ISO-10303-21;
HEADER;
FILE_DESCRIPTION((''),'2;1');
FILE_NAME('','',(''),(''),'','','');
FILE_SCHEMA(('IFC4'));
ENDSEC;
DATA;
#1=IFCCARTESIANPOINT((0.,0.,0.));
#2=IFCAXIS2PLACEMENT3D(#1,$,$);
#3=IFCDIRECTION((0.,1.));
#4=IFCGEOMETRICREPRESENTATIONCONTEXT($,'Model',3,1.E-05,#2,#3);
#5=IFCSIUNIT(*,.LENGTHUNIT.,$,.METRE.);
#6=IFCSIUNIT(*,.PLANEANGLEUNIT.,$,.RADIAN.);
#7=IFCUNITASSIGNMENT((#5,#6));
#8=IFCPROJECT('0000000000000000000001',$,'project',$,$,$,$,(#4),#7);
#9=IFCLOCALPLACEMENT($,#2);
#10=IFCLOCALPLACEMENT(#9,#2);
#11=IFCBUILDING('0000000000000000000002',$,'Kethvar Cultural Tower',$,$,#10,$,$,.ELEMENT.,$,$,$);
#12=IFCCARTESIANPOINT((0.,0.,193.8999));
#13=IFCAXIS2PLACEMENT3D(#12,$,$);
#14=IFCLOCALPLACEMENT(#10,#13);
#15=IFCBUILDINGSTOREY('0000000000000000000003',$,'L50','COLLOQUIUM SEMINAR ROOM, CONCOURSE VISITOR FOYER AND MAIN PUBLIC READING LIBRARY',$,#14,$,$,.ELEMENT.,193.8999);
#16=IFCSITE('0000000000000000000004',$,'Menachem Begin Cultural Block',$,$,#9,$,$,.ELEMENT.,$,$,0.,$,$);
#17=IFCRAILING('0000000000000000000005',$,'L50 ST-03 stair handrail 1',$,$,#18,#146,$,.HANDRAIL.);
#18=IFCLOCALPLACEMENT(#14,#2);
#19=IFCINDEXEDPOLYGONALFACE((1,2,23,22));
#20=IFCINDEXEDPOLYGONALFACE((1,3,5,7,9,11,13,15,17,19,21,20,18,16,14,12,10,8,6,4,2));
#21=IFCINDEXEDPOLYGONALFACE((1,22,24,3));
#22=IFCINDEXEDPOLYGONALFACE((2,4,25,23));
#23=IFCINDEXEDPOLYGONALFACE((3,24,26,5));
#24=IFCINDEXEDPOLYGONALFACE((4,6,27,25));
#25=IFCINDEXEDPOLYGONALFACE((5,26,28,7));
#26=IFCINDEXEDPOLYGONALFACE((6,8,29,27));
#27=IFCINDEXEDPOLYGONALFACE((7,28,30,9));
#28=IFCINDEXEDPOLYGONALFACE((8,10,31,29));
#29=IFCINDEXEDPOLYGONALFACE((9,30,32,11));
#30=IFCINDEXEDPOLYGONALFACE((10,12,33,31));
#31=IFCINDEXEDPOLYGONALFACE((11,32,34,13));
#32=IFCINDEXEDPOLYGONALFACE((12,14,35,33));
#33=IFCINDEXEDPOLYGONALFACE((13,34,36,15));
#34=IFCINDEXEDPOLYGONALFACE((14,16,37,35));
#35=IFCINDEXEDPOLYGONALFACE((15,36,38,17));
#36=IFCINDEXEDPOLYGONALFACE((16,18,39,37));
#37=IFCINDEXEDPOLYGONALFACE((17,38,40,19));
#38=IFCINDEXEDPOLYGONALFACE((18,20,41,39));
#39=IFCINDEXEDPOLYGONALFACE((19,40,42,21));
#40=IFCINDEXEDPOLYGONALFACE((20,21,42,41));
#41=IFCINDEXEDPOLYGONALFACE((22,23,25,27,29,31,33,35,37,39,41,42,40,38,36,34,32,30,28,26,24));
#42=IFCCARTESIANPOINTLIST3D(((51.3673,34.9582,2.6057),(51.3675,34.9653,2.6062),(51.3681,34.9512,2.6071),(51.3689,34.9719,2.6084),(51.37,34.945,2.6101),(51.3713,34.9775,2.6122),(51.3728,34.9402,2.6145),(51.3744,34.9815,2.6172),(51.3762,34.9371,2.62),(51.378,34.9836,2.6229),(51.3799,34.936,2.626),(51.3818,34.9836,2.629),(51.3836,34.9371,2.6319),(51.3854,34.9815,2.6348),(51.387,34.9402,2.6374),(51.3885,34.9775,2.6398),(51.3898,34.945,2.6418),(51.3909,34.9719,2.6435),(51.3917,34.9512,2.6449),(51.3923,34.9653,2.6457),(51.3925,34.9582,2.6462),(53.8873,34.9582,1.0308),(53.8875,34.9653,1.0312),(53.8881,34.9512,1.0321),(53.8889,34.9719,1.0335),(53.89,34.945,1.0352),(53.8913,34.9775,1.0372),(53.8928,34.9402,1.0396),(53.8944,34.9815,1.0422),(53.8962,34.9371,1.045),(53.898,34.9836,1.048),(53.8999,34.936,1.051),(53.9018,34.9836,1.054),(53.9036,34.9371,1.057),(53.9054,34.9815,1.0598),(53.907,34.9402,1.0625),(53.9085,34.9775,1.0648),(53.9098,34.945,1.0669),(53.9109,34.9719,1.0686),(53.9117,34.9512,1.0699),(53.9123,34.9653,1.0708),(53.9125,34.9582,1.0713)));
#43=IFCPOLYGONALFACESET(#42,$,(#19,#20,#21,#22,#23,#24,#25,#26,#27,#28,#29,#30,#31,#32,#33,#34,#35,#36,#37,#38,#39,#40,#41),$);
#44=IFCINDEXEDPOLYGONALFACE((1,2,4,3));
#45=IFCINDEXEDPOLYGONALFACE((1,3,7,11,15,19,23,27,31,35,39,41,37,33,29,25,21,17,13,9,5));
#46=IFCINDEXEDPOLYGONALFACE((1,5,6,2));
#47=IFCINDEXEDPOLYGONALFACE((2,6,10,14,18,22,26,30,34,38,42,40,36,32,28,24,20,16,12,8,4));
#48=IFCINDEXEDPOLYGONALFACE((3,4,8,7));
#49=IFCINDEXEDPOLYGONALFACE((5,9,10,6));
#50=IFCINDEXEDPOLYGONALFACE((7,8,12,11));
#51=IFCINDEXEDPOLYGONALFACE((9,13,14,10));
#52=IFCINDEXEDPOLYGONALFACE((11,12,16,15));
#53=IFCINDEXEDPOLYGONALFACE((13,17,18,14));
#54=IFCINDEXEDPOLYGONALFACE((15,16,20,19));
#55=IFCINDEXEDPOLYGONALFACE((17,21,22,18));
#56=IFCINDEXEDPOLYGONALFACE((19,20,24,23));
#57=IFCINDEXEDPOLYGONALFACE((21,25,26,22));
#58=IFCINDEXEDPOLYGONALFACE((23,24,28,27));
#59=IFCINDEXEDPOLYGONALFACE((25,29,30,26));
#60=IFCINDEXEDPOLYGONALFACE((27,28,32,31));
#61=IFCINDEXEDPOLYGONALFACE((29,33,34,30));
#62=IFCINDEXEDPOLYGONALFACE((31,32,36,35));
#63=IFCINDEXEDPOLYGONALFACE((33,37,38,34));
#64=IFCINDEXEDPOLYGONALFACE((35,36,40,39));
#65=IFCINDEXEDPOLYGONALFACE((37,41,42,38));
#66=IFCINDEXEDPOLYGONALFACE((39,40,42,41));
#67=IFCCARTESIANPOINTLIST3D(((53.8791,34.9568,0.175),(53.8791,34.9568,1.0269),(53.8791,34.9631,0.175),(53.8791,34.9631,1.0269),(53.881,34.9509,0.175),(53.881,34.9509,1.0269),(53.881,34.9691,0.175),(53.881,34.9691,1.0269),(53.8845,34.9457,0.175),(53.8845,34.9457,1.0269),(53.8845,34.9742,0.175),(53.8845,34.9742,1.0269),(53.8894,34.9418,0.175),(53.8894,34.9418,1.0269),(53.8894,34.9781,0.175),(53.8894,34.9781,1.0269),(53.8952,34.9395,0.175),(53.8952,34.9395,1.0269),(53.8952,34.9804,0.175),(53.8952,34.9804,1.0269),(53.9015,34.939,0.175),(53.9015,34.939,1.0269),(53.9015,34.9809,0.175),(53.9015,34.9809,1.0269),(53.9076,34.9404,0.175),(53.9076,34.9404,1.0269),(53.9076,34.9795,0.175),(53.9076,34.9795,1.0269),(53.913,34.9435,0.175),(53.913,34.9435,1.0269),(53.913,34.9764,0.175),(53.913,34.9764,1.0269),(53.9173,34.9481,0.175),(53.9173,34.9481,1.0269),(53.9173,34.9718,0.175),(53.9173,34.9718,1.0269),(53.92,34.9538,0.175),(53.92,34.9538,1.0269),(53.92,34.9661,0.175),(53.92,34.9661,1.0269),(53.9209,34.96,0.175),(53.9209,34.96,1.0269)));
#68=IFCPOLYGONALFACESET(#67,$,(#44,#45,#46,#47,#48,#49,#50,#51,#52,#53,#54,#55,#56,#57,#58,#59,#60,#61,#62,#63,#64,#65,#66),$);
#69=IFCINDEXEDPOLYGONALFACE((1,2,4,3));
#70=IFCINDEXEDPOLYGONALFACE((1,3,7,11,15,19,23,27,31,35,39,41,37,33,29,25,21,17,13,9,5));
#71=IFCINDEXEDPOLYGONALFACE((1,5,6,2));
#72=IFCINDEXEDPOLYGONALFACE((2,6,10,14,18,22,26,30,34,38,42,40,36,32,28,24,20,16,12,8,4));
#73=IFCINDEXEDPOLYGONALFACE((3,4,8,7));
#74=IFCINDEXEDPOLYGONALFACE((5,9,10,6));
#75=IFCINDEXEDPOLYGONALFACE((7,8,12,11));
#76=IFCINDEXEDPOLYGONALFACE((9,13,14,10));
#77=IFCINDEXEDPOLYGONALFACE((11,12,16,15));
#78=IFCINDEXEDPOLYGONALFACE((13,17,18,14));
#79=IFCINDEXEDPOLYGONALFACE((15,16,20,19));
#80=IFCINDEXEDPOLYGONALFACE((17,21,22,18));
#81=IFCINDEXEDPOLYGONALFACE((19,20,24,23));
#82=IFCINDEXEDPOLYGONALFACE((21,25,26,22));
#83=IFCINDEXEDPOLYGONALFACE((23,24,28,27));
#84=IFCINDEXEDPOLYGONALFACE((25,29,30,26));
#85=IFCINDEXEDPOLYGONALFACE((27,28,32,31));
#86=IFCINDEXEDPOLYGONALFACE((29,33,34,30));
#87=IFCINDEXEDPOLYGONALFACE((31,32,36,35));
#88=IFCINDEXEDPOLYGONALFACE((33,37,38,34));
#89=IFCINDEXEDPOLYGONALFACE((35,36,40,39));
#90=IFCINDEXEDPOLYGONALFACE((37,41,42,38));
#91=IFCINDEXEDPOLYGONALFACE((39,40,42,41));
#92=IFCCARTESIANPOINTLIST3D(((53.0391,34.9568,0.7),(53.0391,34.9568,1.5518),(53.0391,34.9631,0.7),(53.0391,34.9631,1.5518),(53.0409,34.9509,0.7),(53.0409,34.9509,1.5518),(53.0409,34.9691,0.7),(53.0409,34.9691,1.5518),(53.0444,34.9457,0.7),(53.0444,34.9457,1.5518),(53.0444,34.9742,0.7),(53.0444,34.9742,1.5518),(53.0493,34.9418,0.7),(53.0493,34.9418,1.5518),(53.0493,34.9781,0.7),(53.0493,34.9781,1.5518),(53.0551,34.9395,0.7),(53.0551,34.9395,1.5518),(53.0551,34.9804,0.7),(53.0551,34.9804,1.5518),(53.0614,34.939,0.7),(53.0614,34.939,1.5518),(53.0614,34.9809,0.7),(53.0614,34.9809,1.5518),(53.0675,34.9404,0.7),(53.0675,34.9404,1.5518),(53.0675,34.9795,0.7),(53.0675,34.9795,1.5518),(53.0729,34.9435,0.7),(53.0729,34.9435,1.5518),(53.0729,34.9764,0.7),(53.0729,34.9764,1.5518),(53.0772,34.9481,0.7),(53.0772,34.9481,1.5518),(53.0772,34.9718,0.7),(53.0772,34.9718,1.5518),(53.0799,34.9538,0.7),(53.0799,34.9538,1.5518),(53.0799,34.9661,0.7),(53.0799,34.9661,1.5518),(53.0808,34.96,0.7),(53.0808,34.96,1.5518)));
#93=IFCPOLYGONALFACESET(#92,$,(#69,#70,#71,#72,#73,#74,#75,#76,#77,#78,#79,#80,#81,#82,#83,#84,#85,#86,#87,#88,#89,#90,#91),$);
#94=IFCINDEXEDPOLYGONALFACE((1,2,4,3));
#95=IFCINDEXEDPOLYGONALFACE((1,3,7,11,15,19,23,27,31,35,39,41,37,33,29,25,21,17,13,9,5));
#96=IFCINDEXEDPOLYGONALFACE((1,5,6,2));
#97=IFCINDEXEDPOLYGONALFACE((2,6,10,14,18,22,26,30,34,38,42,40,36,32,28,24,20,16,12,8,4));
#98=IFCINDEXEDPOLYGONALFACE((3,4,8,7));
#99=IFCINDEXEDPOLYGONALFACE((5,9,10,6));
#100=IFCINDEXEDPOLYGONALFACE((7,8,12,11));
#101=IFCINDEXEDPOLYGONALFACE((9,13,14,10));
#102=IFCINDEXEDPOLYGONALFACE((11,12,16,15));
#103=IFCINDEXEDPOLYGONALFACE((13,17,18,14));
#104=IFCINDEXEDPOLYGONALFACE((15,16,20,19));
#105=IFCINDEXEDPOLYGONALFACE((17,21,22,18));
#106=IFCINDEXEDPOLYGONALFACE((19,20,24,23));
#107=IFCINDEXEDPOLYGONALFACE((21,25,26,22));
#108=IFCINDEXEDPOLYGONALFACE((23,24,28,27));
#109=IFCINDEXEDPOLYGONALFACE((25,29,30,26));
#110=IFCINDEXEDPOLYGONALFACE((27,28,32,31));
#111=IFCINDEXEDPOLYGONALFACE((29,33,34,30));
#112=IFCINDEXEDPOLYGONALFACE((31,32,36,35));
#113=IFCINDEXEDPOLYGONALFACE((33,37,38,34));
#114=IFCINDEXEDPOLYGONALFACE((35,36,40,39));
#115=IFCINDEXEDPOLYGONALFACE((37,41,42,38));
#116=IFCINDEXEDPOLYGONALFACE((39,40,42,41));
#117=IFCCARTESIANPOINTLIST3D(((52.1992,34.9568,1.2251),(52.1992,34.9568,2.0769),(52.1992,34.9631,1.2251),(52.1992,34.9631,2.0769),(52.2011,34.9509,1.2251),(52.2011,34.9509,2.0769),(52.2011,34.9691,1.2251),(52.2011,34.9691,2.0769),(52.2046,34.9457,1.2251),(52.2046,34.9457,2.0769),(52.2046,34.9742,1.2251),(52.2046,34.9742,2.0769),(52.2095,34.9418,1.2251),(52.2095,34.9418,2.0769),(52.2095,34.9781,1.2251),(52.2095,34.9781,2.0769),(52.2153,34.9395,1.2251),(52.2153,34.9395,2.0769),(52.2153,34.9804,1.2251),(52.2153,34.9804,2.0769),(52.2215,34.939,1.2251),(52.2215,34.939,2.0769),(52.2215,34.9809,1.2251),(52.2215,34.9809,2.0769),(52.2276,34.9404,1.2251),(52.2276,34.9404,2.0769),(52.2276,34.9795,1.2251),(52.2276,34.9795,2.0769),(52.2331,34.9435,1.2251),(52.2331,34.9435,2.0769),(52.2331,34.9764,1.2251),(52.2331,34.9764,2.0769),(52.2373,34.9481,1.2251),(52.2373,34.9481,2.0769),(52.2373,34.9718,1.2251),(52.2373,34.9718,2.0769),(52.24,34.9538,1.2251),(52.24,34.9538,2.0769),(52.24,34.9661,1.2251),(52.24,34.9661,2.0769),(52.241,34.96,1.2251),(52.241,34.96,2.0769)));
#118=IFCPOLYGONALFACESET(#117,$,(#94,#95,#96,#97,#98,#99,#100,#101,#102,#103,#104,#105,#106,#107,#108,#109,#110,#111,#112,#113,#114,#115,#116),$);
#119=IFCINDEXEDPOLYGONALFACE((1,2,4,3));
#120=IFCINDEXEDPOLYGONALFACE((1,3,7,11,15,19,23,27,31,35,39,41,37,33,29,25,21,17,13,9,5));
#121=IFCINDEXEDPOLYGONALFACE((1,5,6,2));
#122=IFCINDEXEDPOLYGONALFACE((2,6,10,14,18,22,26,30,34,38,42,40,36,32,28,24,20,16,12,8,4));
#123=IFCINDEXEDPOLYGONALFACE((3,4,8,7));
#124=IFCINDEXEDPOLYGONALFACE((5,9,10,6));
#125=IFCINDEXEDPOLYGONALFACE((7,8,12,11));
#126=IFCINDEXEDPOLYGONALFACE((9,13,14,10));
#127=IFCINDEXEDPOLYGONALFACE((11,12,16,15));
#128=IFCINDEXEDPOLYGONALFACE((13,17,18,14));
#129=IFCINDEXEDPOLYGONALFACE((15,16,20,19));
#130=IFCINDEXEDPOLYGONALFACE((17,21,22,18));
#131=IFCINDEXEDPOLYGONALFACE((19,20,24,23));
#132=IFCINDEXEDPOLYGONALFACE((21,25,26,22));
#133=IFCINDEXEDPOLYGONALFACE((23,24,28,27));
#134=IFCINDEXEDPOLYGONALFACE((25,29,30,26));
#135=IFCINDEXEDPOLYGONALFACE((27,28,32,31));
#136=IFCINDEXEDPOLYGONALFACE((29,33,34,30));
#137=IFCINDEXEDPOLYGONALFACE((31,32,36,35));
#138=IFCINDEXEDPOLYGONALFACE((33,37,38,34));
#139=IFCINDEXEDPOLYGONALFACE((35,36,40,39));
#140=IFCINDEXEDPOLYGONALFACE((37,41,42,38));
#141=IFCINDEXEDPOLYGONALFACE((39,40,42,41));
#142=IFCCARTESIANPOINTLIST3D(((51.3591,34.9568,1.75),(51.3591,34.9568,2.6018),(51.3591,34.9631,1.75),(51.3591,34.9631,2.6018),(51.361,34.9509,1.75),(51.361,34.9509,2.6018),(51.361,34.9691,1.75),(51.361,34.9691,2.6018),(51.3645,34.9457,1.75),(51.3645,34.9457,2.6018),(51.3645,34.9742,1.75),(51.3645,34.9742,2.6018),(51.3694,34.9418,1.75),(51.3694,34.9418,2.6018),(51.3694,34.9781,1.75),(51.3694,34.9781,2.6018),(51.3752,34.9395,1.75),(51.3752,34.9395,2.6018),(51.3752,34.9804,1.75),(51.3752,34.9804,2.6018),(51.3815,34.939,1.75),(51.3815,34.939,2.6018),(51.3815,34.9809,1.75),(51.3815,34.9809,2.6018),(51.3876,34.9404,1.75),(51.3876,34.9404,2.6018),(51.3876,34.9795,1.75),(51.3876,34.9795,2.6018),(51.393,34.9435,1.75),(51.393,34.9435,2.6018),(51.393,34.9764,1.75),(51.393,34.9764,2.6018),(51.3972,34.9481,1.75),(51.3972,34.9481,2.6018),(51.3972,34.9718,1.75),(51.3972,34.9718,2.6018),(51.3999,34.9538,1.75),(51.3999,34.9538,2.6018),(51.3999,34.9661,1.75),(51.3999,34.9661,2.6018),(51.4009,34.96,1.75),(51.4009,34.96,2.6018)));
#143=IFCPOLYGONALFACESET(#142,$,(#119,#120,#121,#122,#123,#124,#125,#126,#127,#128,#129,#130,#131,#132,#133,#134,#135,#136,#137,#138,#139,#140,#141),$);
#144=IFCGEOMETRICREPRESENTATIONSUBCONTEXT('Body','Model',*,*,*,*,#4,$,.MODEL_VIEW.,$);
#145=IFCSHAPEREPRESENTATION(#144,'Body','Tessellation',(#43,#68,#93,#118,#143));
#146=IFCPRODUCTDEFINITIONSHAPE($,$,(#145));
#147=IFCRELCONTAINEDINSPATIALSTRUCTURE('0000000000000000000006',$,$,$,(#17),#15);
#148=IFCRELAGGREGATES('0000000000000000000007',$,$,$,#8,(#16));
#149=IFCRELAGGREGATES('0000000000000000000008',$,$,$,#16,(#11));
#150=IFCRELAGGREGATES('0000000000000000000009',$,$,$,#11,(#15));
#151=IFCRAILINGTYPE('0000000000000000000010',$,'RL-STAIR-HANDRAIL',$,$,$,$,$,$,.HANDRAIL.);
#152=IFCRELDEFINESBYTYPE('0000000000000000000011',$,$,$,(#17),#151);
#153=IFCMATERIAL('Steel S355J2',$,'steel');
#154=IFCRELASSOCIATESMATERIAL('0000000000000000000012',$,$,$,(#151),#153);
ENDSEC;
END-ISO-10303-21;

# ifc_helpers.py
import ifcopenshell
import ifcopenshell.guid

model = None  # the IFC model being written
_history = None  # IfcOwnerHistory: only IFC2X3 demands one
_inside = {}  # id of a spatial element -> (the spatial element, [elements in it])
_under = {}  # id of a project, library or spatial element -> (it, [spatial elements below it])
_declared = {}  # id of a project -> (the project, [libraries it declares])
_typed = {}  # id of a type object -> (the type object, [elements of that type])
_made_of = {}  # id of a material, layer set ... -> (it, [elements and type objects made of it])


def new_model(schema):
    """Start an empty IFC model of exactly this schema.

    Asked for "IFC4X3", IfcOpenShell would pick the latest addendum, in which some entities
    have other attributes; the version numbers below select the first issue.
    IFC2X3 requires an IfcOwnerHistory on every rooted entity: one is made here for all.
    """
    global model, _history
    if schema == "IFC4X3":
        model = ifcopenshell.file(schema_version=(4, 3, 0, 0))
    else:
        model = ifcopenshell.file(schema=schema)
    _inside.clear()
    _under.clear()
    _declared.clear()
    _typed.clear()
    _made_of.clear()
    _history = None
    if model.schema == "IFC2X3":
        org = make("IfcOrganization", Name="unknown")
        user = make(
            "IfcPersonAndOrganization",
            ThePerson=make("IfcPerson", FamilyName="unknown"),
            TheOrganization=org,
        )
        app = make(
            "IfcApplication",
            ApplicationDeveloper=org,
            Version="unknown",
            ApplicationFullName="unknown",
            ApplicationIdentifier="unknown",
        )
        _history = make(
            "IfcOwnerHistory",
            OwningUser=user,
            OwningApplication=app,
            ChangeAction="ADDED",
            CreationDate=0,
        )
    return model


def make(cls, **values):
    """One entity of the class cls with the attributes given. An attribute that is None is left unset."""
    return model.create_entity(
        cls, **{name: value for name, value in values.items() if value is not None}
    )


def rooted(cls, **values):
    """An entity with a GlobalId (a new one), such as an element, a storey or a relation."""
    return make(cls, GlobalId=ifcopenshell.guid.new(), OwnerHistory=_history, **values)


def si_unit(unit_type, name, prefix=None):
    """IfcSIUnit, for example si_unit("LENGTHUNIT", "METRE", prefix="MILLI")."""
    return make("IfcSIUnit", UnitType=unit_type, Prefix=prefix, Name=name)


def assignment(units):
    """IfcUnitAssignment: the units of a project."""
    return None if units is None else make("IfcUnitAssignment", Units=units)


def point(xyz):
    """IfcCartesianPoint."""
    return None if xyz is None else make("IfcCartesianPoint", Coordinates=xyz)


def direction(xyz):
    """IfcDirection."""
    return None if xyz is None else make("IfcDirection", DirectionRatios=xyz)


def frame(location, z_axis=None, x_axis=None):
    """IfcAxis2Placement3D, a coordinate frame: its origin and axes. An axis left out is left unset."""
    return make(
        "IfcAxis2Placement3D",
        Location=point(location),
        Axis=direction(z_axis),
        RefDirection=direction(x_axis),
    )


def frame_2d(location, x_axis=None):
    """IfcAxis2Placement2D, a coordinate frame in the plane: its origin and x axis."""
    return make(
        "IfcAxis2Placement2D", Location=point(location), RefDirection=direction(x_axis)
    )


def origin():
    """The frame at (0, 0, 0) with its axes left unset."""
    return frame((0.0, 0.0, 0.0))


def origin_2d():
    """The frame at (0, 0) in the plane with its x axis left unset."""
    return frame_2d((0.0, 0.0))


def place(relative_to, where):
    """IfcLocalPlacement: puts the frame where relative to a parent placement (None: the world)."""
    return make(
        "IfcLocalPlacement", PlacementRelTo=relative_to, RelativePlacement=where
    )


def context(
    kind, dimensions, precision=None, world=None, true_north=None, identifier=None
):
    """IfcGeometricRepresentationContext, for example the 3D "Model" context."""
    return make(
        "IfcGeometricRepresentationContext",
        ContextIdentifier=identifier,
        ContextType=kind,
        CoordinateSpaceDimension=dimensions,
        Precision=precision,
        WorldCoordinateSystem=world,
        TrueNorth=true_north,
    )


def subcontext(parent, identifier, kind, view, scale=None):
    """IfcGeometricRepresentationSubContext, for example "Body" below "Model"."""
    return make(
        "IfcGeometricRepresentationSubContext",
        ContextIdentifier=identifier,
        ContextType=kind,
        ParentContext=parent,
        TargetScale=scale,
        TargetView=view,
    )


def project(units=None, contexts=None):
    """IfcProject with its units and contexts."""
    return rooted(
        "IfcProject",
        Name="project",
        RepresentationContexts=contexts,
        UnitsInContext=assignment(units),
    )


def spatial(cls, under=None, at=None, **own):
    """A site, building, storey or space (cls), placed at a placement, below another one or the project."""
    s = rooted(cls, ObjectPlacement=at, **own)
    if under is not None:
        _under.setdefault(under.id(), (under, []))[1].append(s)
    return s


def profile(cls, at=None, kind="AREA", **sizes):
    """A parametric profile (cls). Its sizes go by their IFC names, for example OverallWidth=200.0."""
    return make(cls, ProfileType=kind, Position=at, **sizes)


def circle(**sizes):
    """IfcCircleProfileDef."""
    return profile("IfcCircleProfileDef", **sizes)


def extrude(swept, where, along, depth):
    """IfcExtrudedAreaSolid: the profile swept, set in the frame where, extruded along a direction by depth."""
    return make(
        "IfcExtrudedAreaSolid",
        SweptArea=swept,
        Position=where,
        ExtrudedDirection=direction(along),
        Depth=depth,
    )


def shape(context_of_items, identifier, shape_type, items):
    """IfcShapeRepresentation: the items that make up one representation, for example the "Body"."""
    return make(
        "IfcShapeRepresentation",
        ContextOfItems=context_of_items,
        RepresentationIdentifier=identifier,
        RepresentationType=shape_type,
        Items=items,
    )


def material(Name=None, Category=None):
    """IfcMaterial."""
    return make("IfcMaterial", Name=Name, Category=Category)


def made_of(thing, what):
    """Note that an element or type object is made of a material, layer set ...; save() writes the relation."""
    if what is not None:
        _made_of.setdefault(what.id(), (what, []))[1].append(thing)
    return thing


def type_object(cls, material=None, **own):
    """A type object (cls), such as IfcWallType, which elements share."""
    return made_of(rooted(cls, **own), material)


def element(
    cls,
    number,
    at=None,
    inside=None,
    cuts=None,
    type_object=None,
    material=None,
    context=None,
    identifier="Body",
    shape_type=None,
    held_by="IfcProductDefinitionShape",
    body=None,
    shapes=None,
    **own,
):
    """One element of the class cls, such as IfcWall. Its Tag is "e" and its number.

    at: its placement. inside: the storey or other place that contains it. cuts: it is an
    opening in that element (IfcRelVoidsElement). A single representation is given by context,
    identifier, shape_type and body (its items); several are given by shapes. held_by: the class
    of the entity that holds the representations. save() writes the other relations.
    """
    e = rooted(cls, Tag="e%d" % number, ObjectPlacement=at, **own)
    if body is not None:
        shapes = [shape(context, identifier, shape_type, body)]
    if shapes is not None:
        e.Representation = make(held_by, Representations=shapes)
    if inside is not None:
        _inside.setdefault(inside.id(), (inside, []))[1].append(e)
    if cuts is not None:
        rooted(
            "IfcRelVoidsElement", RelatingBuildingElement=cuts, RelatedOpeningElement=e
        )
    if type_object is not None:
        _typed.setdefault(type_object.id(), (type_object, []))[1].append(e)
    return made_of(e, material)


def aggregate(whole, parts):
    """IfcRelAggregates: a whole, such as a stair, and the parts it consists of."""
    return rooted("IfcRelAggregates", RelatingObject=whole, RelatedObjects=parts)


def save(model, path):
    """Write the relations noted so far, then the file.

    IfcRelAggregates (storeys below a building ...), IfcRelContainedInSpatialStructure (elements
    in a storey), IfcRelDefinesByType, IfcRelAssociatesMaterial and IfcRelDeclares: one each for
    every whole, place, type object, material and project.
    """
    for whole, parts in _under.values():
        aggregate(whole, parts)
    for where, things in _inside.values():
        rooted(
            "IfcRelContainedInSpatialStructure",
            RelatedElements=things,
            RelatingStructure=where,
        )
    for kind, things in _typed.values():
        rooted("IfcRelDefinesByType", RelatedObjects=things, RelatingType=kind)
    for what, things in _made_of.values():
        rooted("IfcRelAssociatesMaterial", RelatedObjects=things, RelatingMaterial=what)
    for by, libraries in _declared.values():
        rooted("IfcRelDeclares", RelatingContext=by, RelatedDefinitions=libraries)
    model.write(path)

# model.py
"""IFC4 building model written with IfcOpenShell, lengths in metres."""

from ifc_helpers import new_model, si_unit, direction, frame, origin, origin_2d, place, context, subcontext, project, spatial, circle, extrude, material, type_object, element, save


model = new_model("IFC4")

# Units and contexts
model_context = context("Model", 3, precision=1e-05, world=origin(), true_north=direction((0.0, 1.0)))
body_context = subcontext(model_context, "Body", "Model", "MODEL_VIEW")
ifc_project = project(units=[si_unit("LENGTHUNIT", "METRE"), si_unit("PLANEANGLEUNIT", "RADIAN")], contexts=[model_context])

# Site, building, storey
site_placement = place(None, origin())
site = spatial("IfcSite", under=ifc_project, at=site_placement, Name="Menachem Begin Cultural Block", CompositionType="ELEMENT", RefElevation=0.0)
building_placement = place(site_placement, origin())
building = spatial("IfcBuilding", under=site, at=building_placement, Name="Kethvar Cultural Tower", CompositionType="ELEMENT")
storey_placement = place(building_placement, frame((0.0, 0.0, 193.8999)))
storey = spatial("IfcBuildingStorey", under=building, at=storey_placement, Name="L50", Description="COLLOQUIUM SEMINAR ROOM, CONCOURSE VISITOR FOYER AND MAIN PUBLIC READING LIBRARY", CompositionType="ELEMENT", Elevation=193.8999)

# Shared definitions
ifc_material_1 = material(Name="Steel S355J2", Category="steel")

# Railing
railing_type_1 = type_object("IfcRailingType", Name="RL-STAIR-HANDRAIL", PredefinedType="HANDRAIL", material=ifc_material_1)
railing_1_placement = place(storey_placement, frame((53.8999, 34.96, 0.175)))
element("IfcRailing", 1, at=railing_1_placement, inside=storey, type_object=railing_type_1, Name="L50 ST-03 stair handrail 1", PredefinedType="HANDRAIL", context=body_context, shape_type="SweptSolid", body=[
    extrude(circle(Radius=0.0239, at=origin_2d()), frame((0.0, 0.0, 0.876), z_axis=(-0.848008, 0.0, 0.529984), x_axis=(0.0, -1.0, 0.0)), (0.0, 0.0, 1.0), 2.9717),
    extrude(circle(Radius=0.021, at=origin_2d()), origin(), (0.0, 0.0, 1.0), 0.8518),
    extrude(circle(Radius=0.021, at=origin_2d()), frame((-0.8401, 0.0, 0.5249)), (0.0, 0.0, 1.0), 0.8518),
    extrude(circle(Radius=0.021, at=origin_2d()), frame((-1.6799, 0.0, 1.05)), (0.0, 0.0, 1.0), 0.8518),
    extrude(circle(Radius=0.021, at=origin_2d()), frame((-2.52, 0.0, 1.575)), (0.0, 0.0, 1.0), 0.8518),
])

save(model, "model.ifc")
